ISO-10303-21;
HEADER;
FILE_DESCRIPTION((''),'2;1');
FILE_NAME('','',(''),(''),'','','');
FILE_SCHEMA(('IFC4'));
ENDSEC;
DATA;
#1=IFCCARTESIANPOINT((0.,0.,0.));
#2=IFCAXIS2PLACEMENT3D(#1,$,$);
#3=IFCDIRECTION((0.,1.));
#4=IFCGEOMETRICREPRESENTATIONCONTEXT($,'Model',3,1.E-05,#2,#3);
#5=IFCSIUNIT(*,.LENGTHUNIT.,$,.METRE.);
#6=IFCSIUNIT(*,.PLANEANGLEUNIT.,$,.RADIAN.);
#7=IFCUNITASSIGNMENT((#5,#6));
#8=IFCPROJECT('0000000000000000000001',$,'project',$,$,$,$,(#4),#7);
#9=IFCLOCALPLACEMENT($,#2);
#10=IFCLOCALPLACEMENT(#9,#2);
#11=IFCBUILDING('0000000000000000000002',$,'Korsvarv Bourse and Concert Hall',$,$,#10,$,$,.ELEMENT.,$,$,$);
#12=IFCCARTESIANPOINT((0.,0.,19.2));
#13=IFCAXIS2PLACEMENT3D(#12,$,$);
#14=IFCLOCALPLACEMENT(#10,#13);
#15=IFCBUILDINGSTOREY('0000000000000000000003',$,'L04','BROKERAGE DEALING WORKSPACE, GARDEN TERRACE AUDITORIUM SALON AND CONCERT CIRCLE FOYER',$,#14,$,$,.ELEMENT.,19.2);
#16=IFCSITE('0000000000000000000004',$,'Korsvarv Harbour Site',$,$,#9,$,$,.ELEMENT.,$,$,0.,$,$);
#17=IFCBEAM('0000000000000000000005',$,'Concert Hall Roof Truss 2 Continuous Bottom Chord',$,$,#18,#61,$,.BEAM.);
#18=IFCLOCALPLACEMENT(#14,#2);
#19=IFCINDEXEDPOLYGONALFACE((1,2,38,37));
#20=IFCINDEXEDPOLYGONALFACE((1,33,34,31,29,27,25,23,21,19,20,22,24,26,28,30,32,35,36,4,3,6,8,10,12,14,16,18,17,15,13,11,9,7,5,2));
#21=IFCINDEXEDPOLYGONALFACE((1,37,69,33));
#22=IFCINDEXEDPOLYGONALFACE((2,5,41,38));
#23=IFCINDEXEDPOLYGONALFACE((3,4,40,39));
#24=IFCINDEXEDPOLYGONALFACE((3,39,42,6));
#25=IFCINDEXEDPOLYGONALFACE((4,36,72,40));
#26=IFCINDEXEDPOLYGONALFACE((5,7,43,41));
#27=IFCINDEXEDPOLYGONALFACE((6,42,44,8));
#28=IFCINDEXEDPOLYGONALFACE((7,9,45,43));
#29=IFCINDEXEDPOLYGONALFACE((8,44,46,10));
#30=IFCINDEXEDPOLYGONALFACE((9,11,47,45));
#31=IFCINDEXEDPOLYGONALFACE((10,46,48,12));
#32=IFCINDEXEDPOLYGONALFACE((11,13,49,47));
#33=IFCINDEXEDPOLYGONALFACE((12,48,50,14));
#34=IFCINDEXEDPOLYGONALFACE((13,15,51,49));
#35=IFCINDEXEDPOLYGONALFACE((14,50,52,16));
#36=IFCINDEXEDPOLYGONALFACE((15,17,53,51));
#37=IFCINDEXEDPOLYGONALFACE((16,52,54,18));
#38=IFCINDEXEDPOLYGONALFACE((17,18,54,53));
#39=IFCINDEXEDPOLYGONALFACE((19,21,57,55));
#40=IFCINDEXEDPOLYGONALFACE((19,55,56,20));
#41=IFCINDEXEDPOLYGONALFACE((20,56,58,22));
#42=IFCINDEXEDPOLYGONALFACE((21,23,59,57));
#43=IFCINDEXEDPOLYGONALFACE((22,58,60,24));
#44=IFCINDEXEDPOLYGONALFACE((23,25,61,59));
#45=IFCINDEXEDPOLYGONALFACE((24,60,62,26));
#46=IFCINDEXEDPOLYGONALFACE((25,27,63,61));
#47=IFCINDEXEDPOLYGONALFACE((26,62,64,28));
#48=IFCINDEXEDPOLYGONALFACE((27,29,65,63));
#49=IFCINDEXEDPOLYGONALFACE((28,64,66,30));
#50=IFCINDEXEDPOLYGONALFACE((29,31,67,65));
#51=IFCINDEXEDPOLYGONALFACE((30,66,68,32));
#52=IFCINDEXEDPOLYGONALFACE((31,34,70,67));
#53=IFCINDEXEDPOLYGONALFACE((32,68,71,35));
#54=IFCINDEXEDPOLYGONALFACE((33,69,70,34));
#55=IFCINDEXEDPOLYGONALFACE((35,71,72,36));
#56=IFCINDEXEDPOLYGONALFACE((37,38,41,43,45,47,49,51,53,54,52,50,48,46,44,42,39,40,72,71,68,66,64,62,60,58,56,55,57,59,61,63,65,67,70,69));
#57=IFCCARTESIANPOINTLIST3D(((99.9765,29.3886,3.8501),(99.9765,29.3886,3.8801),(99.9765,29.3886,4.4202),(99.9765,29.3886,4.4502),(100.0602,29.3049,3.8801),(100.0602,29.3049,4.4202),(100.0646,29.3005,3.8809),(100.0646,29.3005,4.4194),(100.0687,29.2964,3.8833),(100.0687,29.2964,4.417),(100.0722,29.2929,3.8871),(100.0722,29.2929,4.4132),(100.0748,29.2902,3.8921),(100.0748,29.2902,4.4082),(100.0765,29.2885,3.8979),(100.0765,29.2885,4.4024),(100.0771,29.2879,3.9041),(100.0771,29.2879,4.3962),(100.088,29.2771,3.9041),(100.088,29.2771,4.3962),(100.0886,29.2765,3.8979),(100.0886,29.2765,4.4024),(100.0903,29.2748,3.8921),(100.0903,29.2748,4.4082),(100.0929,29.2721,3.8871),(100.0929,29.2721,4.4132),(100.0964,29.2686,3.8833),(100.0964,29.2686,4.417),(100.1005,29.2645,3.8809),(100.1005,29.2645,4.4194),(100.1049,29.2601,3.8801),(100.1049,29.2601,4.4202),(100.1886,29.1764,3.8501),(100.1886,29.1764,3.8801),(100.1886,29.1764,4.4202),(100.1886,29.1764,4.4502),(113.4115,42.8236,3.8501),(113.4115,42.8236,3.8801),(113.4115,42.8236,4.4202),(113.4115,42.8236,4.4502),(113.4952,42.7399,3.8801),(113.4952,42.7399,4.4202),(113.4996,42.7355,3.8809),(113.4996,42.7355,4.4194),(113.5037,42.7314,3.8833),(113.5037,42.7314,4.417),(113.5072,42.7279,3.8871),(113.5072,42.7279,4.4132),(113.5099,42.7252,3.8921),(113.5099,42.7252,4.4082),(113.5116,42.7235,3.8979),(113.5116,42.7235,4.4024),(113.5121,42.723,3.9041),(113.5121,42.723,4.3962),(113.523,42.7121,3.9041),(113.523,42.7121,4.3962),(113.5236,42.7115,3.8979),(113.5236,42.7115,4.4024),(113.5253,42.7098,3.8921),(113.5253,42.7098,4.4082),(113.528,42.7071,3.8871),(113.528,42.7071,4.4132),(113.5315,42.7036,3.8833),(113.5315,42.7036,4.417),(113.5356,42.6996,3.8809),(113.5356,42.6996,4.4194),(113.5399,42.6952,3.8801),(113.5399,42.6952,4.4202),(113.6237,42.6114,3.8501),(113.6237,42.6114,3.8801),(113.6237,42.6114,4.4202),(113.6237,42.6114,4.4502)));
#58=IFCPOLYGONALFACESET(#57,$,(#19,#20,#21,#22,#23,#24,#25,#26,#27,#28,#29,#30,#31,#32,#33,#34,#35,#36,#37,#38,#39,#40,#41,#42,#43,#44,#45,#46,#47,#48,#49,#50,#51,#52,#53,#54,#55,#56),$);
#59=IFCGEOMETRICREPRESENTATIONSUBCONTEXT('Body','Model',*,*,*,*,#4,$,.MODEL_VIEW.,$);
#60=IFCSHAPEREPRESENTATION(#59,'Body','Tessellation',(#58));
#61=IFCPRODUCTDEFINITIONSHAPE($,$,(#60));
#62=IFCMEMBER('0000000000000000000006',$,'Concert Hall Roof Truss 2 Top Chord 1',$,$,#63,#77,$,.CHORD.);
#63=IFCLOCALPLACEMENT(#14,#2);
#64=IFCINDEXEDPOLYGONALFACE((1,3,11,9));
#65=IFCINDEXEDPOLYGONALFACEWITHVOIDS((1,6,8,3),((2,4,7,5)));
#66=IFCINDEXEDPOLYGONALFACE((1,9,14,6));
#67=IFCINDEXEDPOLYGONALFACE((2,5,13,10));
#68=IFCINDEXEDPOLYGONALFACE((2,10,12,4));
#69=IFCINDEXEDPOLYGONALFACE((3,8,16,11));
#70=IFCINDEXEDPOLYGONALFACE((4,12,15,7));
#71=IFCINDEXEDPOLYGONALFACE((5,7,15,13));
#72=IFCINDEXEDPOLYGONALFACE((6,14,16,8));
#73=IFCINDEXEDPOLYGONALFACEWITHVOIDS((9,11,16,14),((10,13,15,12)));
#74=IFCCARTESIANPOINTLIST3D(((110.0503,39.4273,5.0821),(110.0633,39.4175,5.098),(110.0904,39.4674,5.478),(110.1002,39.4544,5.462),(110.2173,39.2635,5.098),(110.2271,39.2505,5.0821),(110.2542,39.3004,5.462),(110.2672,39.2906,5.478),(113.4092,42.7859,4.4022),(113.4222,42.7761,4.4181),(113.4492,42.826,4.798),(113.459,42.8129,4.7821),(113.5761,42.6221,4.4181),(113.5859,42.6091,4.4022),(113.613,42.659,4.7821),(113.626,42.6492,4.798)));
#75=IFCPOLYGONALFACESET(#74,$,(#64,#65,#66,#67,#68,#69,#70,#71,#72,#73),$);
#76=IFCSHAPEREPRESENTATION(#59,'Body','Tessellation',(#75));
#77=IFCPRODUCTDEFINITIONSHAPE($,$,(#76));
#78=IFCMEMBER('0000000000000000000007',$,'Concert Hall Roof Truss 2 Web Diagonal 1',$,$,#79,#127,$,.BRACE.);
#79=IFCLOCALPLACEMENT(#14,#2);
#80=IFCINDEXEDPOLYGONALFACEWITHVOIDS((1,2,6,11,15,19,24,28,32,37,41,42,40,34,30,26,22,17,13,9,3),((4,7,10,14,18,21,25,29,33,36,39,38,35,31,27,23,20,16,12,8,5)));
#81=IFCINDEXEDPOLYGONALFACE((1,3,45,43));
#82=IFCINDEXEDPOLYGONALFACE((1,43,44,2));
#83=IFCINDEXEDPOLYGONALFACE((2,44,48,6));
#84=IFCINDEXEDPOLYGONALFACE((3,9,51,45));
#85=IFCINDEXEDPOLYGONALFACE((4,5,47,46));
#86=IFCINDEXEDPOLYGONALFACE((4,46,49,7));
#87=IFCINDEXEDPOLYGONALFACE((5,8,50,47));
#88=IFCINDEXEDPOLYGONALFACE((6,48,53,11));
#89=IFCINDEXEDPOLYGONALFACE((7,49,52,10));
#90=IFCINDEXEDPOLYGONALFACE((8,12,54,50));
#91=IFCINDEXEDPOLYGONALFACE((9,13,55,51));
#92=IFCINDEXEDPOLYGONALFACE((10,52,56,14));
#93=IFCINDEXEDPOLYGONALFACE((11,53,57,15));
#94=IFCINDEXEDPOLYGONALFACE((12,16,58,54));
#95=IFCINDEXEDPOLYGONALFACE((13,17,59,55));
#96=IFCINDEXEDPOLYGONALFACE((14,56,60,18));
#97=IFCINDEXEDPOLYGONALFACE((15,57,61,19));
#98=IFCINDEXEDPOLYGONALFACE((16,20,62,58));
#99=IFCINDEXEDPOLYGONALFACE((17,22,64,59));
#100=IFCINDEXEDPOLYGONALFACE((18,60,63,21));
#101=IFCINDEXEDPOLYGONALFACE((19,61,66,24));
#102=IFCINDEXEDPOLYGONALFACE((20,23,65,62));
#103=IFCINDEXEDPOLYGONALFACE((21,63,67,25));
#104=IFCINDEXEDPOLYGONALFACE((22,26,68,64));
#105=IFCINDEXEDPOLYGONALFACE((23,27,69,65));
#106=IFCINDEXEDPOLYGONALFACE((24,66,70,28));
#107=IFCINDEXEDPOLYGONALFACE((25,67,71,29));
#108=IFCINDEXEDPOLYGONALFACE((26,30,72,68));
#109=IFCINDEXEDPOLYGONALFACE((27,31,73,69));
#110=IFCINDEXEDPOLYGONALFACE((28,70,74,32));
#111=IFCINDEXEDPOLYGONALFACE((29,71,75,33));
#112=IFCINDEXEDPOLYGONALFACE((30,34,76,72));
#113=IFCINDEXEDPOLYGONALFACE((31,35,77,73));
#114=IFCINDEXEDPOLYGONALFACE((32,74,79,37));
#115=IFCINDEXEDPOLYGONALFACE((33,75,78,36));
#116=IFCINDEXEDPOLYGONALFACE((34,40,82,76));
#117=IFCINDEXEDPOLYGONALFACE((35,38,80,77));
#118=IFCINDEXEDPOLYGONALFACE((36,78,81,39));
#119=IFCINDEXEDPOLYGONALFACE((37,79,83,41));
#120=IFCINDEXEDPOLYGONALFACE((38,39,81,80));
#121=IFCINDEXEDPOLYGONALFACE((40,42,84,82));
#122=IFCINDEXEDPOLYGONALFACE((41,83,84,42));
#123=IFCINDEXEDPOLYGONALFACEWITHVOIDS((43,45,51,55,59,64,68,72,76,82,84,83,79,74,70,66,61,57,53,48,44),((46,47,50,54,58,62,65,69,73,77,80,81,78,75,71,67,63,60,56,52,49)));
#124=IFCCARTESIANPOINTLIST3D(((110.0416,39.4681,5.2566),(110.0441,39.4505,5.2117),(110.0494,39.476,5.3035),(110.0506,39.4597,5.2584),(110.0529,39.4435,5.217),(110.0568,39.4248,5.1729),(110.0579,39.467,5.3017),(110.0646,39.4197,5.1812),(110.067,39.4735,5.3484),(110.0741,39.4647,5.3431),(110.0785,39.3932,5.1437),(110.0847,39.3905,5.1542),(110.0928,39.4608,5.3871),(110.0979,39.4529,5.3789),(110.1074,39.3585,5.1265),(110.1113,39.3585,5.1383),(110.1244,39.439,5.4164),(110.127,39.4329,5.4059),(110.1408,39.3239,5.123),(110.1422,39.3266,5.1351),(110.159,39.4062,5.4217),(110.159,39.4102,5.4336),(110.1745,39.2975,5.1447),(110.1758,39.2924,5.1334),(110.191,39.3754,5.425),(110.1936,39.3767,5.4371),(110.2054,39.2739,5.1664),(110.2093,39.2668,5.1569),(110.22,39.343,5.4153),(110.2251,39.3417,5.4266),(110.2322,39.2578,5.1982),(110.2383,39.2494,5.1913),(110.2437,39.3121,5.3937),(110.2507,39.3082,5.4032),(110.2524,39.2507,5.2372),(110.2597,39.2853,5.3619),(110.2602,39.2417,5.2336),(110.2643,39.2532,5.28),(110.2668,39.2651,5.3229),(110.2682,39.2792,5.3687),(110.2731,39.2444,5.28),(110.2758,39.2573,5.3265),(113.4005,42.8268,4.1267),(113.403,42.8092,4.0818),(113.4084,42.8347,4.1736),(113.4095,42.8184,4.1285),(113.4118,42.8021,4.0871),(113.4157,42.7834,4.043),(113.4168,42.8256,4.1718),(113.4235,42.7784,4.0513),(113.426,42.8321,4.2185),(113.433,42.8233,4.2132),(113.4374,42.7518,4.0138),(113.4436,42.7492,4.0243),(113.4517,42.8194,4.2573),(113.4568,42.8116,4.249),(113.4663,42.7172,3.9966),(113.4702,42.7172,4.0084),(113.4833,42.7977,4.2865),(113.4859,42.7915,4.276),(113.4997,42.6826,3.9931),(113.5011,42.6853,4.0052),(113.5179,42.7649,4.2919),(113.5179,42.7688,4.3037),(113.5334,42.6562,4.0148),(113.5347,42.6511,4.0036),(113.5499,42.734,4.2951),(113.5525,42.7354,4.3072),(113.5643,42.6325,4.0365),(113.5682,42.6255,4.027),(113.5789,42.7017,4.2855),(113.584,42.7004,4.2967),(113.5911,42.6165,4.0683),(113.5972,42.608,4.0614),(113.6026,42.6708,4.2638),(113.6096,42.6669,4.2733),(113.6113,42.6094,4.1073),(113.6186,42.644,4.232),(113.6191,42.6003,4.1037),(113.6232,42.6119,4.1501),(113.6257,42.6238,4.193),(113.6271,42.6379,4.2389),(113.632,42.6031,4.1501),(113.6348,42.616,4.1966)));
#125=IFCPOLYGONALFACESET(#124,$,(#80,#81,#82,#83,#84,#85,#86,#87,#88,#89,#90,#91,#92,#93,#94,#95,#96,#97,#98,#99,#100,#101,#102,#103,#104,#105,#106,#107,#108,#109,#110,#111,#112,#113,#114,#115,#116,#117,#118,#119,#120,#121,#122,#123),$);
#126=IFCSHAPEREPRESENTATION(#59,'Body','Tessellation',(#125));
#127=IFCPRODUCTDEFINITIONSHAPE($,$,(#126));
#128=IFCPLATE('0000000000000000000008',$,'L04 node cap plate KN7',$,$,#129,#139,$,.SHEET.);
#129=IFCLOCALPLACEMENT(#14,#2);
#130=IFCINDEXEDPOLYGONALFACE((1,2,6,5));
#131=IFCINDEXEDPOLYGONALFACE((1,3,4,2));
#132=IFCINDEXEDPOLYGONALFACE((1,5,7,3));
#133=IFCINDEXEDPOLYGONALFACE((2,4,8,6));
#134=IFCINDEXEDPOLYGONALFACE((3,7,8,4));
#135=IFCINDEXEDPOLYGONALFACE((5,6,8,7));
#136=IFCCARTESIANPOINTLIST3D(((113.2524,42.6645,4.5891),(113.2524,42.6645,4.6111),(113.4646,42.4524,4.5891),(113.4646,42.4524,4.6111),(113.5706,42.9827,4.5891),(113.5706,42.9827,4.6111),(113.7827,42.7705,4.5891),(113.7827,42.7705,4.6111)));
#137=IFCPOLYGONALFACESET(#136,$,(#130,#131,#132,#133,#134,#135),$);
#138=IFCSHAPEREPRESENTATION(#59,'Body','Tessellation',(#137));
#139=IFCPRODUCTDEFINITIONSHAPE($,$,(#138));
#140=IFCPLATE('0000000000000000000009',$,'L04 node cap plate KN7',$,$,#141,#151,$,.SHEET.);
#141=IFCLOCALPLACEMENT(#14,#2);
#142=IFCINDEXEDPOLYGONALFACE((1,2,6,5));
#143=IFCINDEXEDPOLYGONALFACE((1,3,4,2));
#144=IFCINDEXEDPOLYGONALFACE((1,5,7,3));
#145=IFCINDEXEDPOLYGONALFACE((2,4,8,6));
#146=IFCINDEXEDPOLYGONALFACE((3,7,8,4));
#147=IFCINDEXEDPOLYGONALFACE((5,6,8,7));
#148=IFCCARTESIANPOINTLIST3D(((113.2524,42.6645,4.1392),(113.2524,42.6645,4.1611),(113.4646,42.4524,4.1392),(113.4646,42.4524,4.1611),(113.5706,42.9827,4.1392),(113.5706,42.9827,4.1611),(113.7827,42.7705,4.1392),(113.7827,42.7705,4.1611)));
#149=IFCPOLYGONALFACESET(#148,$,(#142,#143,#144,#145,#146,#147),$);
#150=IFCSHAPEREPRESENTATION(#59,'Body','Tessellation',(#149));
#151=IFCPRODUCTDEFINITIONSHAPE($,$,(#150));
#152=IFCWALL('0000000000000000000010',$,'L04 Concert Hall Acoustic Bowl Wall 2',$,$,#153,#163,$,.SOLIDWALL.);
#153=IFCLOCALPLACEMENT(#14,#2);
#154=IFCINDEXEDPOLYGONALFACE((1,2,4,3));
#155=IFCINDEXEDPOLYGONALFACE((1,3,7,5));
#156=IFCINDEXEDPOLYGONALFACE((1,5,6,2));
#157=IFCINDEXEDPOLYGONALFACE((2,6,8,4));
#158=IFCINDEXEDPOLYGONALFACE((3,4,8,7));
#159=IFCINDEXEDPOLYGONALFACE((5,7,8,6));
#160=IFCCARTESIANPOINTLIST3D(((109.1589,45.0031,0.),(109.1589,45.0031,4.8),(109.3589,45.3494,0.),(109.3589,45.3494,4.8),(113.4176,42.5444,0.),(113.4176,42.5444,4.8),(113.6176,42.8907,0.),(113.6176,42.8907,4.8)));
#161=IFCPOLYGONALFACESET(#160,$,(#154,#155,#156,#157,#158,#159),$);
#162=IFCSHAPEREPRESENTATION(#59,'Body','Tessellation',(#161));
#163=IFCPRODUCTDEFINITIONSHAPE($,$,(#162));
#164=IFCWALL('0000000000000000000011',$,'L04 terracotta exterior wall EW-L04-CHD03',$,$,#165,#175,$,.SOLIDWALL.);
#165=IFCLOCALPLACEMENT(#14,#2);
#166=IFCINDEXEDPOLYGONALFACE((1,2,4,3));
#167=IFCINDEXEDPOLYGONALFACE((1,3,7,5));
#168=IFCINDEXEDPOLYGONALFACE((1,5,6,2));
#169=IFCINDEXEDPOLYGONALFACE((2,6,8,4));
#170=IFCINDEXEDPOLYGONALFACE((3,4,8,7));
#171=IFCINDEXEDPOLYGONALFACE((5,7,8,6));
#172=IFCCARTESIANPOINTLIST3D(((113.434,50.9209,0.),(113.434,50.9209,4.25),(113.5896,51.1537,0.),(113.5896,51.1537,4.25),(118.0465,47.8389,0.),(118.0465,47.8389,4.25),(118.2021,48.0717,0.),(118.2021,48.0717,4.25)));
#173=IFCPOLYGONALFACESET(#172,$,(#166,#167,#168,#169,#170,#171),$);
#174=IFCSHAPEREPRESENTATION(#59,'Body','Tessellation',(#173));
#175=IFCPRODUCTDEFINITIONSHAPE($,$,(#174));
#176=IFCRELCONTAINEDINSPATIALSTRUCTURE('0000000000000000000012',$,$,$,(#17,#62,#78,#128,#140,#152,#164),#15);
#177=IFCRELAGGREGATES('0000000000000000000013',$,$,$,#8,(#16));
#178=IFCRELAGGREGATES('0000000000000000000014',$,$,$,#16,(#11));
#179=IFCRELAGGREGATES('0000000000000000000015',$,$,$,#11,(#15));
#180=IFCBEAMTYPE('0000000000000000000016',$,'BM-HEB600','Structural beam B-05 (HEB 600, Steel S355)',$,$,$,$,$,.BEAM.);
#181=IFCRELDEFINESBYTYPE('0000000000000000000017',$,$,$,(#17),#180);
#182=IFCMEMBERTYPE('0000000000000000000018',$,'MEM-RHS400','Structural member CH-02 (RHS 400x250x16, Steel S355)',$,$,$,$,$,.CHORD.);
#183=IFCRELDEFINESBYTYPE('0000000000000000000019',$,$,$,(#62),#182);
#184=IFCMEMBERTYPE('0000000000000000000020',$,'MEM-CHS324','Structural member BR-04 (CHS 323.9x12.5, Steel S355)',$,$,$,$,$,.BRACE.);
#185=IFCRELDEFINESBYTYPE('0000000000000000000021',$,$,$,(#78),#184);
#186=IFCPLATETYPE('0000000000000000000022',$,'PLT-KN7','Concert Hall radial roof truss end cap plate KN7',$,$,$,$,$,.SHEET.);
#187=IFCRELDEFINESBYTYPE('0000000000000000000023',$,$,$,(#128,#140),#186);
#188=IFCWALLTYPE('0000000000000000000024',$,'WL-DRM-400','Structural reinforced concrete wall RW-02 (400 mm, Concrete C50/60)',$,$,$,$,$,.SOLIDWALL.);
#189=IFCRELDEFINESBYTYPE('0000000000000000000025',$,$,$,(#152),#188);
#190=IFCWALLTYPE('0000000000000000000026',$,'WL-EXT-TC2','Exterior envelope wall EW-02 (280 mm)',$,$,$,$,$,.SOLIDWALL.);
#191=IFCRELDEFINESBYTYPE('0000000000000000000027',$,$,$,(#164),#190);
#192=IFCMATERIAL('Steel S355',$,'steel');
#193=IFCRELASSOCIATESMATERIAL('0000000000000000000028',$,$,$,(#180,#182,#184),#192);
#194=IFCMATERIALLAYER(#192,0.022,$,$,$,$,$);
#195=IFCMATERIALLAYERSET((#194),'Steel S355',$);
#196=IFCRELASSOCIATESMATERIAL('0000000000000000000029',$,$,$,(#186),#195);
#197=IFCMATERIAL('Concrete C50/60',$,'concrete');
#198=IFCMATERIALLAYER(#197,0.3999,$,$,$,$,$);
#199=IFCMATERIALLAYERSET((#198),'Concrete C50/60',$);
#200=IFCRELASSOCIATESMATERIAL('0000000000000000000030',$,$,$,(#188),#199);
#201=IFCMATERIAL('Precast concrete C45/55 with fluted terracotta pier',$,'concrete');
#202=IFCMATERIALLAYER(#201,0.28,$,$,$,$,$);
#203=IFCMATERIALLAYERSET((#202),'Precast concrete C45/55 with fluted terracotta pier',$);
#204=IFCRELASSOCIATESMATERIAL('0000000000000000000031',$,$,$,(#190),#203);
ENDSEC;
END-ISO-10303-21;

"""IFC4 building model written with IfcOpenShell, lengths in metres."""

from ifc_helpers import new_model, si_unit, direction, frame, frame_2d, origin, origin_2d, place, context, subcontext, project, spatial, rectangle, hollow_rectangle, hollow_circle, i_section, extrude, source, transform, mapped, material, layer, layer_set, material_profile, profile_set, type_object, element, save


model = new_model("IFC4")

# Units and contexts
model_context = context("Model", 3, precision=1e-05, world=origin(), true_north=direction((0.0, 1.0)))
body_context = subcontext(model_context, "Body", "Model", "MODEL_VIEW")
ifc_project = project(units=[si_unit("LENGTHUNIT", "METRE"), si_unit("PLANEANGLEUNIT", "RADIAN")], contexts=[model_context])

# Site, building, storey
site_placement = place(None, origin())
site = spatial("IfcSite", under=ifc_project, at=site_placement, Name="Korsvarv Harbour Site", CompositionType="ELEMENT", RefElevation=0.0)
building_placement = place(site_placement, origin())
building = spatial("IfcBuilding", under=site, at=building_placement, Name="Korsvarv Bourse and Concert Hall", CompositionType="ELEMENT")
storey_placement = place(building_placement, frame((0.0, 0.0, 19.2)))
storey = spatial("IfcBuildingStorey", under=building, at=storey_placement, Name="L04", Description="BROKERAGE DEALING WORKSPACE, GARDEN TERRACE AUDITORIUM SALON AND CONCERT CIRCLE FOYER", CompositionType="ELEMENT", Elevation=19.2)

# Shared definitions
ifc_material_1 = material(Name="Concrete C50/60", Category="concrete")

# Beam
ifc_material_2 = material(Name="Steel S355", Category="steel")
ifc_material_profile_1 = material_profile(ifc_material_2, i_section(OverallWidth=0.3, OverallDepth=0.6001, WebThickness=0.0154, FlangeThickness=0.03, FilletRadius=0.0239, at=origin_2d()), Name="HEB 600")
ifc_profile_set_1 = profile_set([ifc_material_profile_1], Name="Steel S355")
beam_type_1 = type_object("IfcBeamType", Name="BM-HEB600", Description="Structural beam B-05 (HEB 600, Steel S355)", PredefinedType="BEAM", material=ifc_profile_set_1)
shared_shape_1 = source(origin(), body_context, "Body", "SweptSolid", [
    extrude(i_section(OverallWidth=0.3, OverallDepth=0.6001, WebThickness=0.0154, FlangeThickness=0.03, FilletRadius=0.0239, at=origin_2d()), origin(), (0.0, 0.0, 1.0), 19.0),
])
beam_1_placement = place(storey_placement, frame((113.5176, 42.7175, 4.1501), z_axis=(-0.707107, -0.707107, 0.0), x_axis=(0.707107, -0.707107, 0.0)))
element("IfcBeam", 1, at=beam_1_placement, inside=storey, type_object=beam_type_1, Name="Concert Hall Roof Truss 2 Continuous Bottom Chord", PredefinedType="BEAM", context=body_context, shape_type="MappedRepresentation", body=[
    mapped(shared_shape_1, transform((0.0, 0.0, 0.0), scale=1.0)),
])

# Members
ifc_material_profile_2 = material_profile(ifc_material_2, hollow_rectangle(XDim=0.25, YDim=0.3999, WallThickness=0.0161, at=origin_2d()), Name="RHS 400x250x16")
ifc_profile_set_2 = profile_set([ifc_material_profile_2], Name="Steel S355")
member_type_1 = type_object("IfcMemberType", Name="MEM-RHS400", Description="Structural member CH-02 (RHS 400x250x16, Steel S355)", PredefinedType="CHORD", material=ifc_profile_set_2)
shared_shape_2 = source(origin(), body_context, "Body", "SweptSolid", [
    extrude(hollow_rectangle(XDim=0.25, YDim=0.3999, WallThickness=0.0161, at=origin_2d()), origin(), (0.0, 0.0, 1.0), 4.7983),
])
member_1_placement = place(storey_placement, frame((113.5176, 42.7175, 4.6001), z_axis=(-0.699997, -0.699947, 0.141699), x_axis=(0.707081, -0.707132, 0.0)))
element("IfcMember", 2, at=member_1_placement, inside=storey, type_object=member_type_1, Name="Concert Hall Roof Truss 2 Top Chord 1", PredefinedType="CHORD", context=body_context, shape_type="MappedRepresentation", body=[
    mapped(shared_shape_2, transform((0.0, 0.0, 0.0), scale=1.0)),
])
ifc_material_profile_3 = material_profile(ifc_material_2, hollow_circle(Radius=0.1619, WallThickness=0.0125, at=origin_2d()), Name="CHS 323.9x12.5")
ifc_profile_set_3 = profile_set([ifc_material_profile_3], Name="Steel S355")
member_type_2 = type_object("IfcMemberType", Name="MEM-CHS324", Description="Structural member BR-04 (CHS 323.9x12.5, Steel S355)", PredefinedType="BRACE", material=ifc_profile_set_3)
shared_shape_3 = source(origin(), body_context, "Body", "SweptSolid", [
    extrude(hollow_circle(Radius=0.1619, WallThickness=0.0125, at=origin_2d()), origin(), (0.0, 0.0, 1.0), 4.8826),
])
member_2_placement = place(storey_placement, frame((113.5176, 42.7175, 4.1501), z_axis=(-0.687938, -0.687888, 0.231413), x_axis=(0.707081, -0.707132, 0.0)))
element("IfcMember", 3, at=member_2_placement, inside=storey, type_object=member_type_2, Name="Concert Hall Roof Truss 2 Web Diagonal 1", PredefinedType="BRACE", context=body_context, shape_type="MappedRepresentation", body=[
    mapped(shared_shape_3, transform((0.0, 0.0, 0.0), scale=1.0)),
])

# Plates
ifc_layer_1 = layer(ifc_material_2, 0.022)
ifc_layer_set_1 = layer_set([ifc_layer_1], Name="Steel S355")
plate_type = type_object("IfcPlateType", Name="PLT-KN7", Description="Concert Hall radial roof truss end cap plate KN7", PredefinedType="SHEET", material=ifc_layer_set_1)
shared_shape_4 = source(origin(), body_context, "Body", "SweptSolid", [
    extrude(rectangle(XDim=0.45, YDim=0.3, at=origin_2d()), origin(), (0.0, 0.0, 1.0), 0.022),
])
for number, where, z_axis, x_axis, name in (
    (4, (113.5176, 42.7175, 4.5891), (0.0, 0.0, 1.0), (0.707107, 0.707107, 0.0), "L04 node cap plate KN7"),
    (5, (113.5176, 42.7175, 4.1392), (0.0, 0.0, 1.0), (0.707107, 0.707107, 0.0), "L04 node cap plate KN7"),
):
    element("IfcPlate", number, at=place(storey_placement, frame(where, z_axis=z_axis, x_axis=x_axis)), inside=storey, type_object=plate_type, Name=name, PredefinedType="SHEET", context=body_context, shape_type="MappedRepresentation", body=[
        mapped(shared_shape_4, transform((0.0, 0.0, 0.0), scale=1.0)),
    ])

# Walls
ifc_layer_2 = layer(ifc_material_1, 0.3999)
ifc_layer_set_2 = layer_set([ifc_layer_2], Name="Concrete C50/60")
wall_type_1 = type_object("IfcWallType", Name="WL-DRM-400", Description="Structural reinforced concrete wall RW-02 (400 mm, Concrete C50/60)", PredefinedType="SOLIDWALL", material=ifc_layer_set_2)
wall_1_placement = place(storey_placement, frame((113.5176, 42.7175, 0.0), z_axis=(0.0, 0.0, 1.0), x_axis=(-0.866032, 0.499989, 0.0)))
element("IfcWall", 6, at=wall_1_placement, inside=storey, type_object=wall_type_1, Name="L04 Concert Hall Acoustic Bowl Wall 2", PredefinedType="SOLIDWALL", context=body_context, shape_type="SweptSolid", body=[
    extrude(rectangle(XDim=4.9175, YDim=0.3999, at=frame_2d((2.4587, 0.0))), origin(), (0.0, 0.0, 1.0), 4.8),
])
ifc_material_3 = material(Name="Precast concrete C45/55 with fluted terracotta pier", Category="concrete")
ifc_layer_3 = layer(ifc_material_3, 0.28)
ifc_layer_set_3 = layer_set([ifc_layer_3], Name="Precast concrete C45/55 with fluted terracotta pier")
wall_type_2 = type_object("IfcWallType", Name="WL-EXT-TC2", Description="Exterior envelope wall EW-02 (280 mm)", PredefinedType="SOLIDWALL", material=ifc_layer_set_3)
wall_2_placement = place(storey_placement, frame((118.1243, 47.9553, 0.0), z_axis=(0.0, 0.0, 1.0), x_axis=(-0.831468, 0.555573, 0.0)))
element("IfcWall", 7, at=wall_2_placement, inside=storey, type_object=wall_type_2, Name="L04 terracotta exterior wall EW-L04-CHD03", PredefinedType="SOLIDWALL", context=body_context, shape_type="SweptSolid", body=[
    extrude(rectangle(XDim=5.5474, YDim=0.28, at=frame_2d((2.7737, 0.0))), origin(), (0.0, 0.0, 1.0), 4.25),
])

save(model, "model.ifc")
